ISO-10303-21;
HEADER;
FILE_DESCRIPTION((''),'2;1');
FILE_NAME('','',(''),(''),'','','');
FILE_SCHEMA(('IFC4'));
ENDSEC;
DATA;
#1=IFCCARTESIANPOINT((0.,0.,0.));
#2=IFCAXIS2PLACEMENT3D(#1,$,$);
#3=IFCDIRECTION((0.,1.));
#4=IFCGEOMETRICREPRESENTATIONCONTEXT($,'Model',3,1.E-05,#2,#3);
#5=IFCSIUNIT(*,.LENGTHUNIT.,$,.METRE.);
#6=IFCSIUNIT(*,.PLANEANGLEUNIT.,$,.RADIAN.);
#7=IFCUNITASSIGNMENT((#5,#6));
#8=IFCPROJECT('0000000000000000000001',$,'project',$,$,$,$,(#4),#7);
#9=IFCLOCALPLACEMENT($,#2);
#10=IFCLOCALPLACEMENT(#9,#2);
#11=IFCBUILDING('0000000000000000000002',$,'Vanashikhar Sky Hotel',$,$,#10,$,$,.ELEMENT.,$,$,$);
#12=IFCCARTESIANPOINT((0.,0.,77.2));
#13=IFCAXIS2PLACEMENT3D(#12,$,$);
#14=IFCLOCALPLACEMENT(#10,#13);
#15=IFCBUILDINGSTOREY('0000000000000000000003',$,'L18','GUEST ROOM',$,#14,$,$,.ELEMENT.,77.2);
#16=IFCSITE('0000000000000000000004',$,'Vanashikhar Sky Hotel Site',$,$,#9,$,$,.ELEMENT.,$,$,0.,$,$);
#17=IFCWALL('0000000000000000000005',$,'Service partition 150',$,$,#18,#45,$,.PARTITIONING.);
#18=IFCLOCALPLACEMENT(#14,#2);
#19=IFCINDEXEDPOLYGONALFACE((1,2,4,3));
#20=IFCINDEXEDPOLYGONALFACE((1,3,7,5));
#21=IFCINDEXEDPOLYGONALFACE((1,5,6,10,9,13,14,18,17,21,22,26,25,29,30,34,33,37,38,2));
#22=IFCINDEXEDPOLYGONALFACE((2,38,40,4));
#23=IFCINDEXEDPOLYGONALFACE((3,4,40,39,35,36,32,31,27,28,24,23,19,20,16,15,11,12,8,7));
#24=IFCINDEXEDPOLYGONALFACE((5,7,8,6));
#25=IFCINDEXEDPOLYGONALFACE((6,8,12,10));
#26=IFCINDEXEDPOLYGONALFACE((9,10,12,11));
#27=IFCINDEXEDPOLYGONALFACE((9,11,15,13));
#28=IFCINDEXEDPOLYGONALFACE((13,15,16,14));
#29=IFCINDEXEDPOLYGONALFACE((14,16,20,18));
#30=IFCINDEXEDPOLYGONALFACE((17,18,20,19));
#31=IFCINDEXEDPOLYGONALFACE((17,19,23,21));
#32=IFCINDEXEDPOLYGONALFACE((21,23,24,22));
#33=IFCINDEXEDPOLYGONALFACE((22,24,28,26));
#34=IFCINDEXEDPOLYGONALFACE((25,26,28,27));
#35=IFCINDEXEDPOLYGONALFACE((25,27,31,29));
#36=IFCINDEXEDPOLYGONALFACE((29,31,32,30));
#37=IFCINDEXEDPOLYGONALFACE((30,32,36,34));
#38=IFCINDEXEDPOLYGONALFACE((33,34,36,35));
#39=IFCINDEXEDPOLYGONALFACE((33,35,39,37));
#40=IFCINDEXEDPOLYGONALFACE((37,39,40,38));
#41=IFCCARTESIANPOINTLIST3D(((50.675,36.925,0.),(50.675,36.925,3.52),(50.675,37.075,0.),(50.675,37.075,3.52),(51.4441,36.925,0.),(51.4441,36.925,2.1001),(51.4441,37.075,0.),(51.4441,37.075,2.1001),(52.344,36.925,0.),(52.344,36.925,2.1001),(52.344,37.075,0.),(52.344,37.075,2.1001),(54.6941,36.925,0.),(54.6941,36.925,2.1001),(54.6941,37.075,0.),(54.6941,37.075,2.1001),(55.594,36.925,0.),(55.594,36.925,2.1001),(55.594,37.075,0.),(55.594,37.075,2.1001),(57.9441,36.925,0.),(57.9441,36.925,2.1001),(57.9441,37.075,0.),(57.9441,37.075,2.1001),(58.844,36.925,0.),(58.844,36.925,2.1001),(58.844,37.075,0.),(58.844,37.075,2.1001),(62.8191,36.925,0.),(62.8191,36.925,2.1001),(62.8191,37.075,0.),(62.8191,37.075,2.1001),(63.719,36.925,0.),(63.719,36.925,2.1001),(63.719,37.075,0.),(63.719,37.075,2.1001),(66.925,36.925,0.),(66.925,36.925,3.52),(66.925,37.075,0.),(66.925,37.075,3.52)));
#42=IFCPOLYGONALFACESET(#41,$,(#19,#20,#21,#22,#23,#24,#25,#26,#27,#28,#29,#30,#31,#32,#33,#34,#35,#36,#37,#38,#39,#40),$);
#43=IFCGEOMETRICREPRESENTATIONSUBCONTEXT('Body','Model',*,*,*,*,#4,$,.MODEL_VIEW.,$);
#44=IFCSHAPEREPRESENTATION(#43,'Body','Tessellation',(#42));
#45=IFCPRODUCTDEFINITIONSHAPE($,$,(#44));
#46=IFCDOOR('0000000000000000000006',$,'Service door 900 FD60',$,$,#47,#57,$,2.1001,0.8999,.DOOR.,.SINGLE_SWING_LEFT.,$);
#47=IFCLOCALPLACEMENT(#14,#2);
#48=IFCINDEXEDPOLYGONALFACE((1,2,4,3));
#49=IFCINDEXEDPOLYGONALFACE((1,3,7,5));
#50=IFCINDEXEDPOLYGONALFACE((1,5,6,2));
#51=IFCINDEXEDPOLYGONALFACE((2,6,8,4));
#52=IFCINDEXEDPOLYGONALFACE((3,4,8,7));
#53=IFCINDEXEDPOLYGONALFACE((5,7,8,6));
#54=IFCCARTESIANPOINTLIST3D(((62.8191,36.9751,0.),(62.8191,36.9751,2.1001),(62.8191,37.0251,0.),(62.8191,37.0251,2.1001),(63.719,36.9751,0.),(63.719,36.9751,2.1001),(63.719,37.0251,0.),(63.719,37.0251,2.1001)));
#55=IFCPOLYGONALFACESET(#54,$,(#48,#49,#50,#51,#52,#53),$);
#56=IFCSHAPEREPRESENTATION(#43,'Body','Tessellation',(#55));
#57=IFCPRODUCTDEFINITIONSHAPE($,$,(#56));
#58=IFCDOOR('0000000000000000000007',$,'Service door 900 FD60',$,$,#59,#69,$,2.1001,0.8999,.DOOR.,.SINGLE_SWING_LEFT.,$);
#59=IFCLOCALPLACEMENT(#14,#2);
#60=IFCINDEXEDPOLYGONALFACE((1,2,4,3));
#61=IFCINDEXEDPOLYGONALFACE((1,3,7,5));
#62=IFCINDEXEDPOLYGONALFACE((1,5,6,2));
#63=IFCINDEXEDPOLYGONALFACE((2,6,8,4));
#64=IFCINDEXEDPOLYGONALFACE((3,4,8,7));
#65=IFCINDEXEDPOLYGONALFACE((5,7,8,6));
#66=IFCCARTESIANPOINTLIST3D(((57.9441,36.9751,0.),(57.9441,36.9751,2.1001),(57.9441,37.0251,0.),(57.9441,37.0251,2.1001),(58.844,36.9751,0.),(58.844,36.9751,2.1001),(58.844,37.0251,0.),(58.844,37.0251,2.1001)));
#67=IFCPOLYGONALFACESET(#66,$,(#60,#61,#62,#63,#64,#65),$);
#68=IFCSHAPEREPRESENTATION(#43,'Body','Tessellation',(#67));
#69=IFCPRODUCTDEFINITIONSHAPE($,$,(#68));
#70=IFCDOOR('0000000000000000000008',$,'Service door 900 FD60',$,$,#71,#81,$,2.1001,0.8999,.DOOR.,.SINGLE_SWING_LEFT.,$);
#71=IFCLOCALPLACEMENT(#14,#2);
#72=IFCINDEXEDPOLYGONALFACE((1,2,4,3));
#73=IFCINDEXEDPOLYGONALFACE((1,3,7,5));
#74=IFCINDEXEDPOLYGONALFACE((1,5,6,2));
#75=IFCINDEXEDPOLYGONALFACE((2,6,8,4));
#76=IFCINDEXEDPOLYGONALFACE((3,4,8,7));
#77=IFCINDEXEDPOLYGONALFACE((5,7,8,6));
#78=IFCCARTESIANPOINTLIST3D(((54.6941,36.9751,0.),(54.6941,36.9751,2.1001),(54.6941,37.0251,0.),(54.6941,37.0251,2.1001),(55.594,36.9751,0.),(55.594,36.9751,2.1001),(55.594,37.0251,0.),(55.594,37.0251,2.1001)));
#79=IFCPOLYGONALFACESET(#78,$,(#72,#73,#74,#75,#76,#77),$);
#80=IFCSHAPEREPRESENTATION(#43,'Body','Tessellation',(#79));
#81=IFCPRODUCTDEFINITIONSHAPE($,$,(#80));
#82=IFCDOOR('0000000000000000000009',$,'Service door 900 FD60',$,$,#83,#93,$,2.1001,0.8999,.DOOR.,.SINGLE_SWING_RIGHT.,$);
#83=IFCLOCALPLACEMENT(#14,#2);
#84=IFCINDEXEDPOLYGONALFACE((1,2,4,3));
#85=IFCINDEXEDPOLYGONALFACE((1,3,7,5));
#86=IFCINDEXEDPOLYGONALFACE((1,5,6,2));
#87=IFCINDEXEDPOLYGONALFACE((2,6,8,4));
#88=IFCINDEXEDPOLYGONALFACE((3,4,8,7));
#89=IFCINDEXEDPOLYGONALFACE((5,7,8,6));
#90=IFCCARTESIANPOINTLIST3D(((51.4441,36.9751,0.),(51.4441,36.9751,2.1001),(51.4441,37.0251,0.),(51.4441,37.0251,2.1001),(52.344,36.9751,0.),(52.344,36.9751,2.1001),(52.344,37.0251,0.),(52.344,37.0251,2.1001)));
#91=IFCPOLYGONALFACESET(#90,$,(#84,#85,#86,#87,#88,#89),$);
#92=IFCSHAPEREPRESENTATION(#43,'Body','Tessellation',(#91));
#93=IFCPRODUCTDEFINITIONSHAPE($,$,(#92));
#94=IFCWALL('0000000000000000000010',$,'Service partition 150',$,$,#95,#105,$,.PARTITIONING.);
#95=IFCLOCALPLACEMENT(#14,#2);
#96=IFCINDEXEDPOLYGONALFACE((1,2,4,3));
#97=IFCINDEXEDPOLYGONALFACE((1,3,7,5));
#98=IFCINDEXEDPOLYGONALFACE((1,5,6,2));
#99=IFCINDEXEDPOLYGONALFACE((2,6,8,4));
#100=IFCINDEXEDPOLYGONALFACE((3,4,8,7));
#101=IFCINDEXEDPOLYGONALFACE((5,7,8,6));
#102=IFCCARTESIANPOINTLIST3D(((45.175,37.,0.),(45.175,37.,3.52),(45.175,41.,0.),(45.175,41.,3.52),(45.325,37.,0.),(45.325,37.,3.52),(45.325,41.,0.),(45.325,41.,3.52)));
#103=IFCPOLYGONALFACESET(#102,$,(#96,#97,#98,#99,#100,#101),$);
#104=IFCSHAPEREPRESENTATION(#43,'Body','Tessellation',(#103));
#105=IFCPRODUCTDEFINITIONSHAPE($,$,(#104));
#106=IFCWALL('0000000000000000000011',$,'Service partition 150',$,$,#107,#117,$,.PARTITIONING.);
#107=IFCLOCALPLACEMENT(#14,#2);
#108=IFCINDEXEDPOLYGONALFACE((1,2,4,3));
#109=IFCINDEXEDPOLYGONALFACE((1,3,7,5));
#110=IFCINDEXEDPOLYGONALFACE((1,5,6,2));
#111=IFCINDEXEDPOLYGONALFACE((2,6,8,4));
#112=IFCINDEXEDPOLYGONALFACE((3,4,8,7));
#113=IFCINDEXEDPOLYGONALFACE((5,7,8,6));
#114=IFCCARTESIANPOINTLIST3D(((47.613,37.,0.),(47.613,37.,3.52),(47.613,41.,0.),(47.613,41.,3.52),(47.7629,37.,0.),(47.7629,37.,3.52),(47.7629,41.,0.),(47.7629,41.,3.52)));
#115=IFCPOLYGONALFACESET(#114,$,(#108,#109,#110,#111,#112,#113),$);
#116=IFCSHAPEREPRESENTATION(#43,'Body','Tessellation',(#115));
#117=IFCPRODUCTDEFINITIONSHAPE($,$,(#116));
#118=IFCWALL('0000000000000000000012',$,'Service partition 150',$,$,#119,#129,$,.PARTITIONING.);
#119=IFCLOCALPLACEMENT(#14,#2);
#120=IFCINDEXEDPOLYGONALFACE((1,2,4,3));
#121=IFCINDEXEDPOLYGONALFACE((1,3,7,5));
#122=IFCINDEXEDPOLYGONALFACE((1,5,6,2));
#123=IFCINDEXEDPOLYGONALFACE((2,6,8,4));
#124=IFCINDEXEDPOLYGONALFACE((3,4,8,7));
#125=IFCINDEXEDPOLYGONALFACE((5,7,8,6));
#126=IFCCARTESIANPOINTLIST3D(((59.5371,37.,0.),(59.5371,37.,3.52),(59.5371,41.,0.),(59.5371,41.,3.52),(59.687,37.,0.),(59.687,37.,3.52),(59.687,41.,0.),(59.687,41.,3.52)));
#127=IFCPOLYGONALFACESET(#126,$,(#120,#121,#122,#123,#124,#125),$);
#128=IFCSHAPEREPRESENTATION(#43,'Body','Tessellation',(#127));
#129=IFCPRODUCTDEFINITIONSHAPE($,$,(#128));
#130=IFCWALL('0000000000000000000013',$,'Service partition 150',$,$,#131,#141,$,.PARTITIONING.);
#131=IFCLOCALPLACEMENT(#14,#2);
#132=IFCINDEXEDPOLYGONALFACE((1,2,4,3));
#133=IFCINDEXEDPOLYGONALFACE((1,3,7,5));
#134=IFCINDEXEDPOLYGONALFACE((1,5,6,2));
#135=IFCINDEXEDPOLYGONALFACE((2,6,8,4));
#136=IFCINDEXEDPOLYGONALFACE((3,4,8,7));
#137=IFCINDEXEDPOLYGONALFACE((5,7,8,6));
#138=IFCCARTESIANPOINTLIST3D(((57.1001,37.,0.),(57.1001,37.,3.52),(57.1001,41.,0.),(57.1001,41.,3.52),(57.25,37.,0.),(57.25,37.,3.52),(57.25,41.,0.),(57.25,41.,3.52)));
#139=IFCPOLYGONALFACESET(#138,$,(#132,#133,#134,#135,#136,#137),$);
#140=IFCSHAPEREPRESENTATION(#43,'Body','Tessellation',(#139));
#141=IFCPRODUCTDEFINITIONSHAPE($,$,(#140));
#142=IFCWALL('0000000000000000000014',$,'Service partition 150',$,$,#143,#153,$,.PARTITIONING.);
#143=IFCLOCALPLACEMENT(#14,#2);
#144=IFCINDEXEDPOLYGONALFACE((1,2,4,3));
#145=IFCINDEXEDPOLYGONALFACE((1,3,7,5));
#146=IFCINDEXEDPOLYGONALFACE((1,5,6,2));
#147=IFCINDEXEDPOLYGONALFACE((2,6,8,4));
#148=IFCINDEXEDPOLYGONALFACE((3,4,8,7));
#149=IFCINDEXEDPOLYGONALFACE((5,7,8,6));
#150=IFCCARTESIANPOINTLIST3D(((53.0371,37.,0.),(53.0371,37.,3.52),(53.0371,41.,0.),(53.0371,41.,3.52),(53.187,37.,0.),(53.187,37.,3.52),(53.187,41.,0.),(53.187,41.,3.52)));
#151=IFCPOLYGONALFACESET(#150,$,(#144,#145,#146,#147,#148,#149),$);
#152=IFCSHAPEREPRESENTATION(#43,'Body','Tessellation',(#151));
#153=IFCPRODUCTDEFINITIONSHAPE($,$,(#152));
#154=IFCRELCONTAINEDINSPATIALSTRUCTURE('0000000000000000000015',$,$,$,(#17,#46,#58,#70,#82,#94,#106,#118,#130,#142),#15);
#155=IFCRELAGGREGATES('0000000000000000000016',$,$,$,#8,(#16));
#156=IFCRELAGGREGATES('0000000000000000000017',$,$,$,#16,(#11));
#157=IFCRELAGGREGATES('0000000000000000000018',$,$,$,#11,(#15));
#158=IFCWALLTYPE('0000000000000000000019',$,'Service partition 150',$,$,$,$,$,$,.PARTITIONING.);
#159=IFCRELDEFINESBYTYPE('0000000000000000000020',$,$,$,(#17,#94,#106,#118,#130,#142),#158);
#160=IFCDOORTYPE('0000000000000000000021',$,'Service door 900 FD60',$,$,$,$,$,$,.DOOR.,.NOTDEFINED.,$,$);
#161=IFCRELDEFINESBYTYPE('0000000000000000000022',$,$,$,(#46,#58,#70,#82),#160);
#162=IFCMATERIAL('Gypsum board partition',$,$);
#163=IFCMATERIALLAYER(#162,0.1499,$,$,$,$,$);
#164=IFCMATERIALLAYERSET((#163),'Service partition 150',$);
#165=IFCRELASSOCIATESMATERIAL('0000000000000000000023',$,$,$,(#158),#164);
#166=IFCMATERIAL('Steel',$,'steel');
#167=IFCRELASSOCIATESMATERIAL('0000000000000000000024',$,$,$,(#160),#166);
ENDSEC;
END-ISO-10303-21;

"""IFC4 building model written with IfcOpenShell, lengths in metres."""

from ifc_helpers import new_model, si_unit, direction, frame, frame_2d, origin, place, context, subcontext, project, spatial, rectangle, extrude, source, transform, mapped, material, layer, layer_set, type_object, element, fill, save


model = new_model("IFC4")

# Units and contexts
model_context = context("Model", 3, precision=1e-05, world=origin(), true_north=direction((0.0, 1.0)))
body_context = subcontext(model_context, "Body", "Model", "MODEL_VIEW")
ifc_project = project(units=[si_unit("LENGTHUNIT", "METRE"), si_unit("PLANEANGLEUNIT", "RADIAN")], contexts=[model_context])

# Site, building, storey
site_placement = place(None, origin())
site = spatial("IfcSite", under=ifc_project, at=site_placement, Name="Vanashikhar Sky Hotel Site", CompositionType="ELEMENT", RefElevation=0.0)
building_placement = place(site_placement, origin())
building = spatial("IfcBuilding", under=site, at=building_placement, Name="Vanashikhar Sky Hotel", CompositionType="ELEMENT")
storey_placement = place(building_placement, frame((0.0, 0.0, 77.2)))
storey = spatial("IfcBuildingStorey", under=building, at=storey_placement, Name="L18", Description="GUEST ROOM", CompositionType="ELEMENT", Elevation=77.2)

# Shared definitions
ifc_material_1 = material(Name="Steel", Category="steel")

# Shared definitions
ifc_material_2 = material(Name="Gypsum board partition")
ifc_layer_1 = layer(ifc_material_2, 0.1499)
ifc_layer_set_1 = layer_set([ifc_layer_1], Name="Service partition 150")
wall_type_1 = type_object("IfcWallType", Name="Service partition 150", PredefinedType="PARTITIONING", material=ifc_layer_set_1)

# Shared definitions
shared_shape_1 = source(origin(), body_context, "Body", "SweptSolid", [
    extrude(rectangle(XDim=0.8999, YDim=2.1001, at=frame_2d((0.45, 1.05))), frame((0.0, 0.085, 0.0), z_axis=(0.0, -1.0, 0.0), x_axis=(1.0, 0.0, 0.0)), (0.0, 0.0, 1.0), 0.1699),
])
door_type_1 = type_object("IfcDoorType", Name="Service door 900 FD60", OperationType="NOTDEFINED", PredefinedType="DOOR", material=ifc_material_1)
shared_shape_2 = source(origin(), body_context, "Body", "SweptSolid", [
    extrude(rectangle(XDim=0.8999, YDim=2.1001, at=frame_2d((0.45, 1.05))), frame((0.0, 0.0249, 0.0), z_axis=(0.0, -1.0, 0.0), x_axis=(1.0, 0.0, 0.0)), (0.0, 0.0, 1.0), 0.05),
])

# Wall, openings, doors
shared_shape_3 = source(origin(), body_context, "Body", "SweptSolid", [
    extrude(rectangle(XDim=16.25, YDim=0.1499, at=frame_2d((8.125, 0.0))), origin(), (0.0, 0.0, 1.0), 3.52),
])
wall_1_placement = place(storey_placement, frame((66.925, 37.0, 0.0), z_axis=(0.0, 0.0, 1.0), x_axis=(-1.0, 0.0, 0.0)))
wall_1 = element("IfcWall", 1, at=wall_1_placement, inside=storey, type_object=wall_type_1, Name="Service partition 150", PredefinedType="PARTITIONING", context=body_context, shape_type="MappedRepresentation", body=[
    mapped(shared_shape_3, transform((0.0, 0.0, 0.0), scale=1.0)),
])
opening_1_placement = place(wall_1_placement, frame((3.2061, 0.0, 0.0)))
opening_1 = element("IfcOpeningElement", 2, at=opening_1_placement, cuts=wall_1, PredefinedType="OPENING", context=body_context, shape_type="MappedRepresentation", body=[
    mapped(shared_shape_1, transform((0.0, 0.0, 0.0), scale=1.0)),
])
opening_2_placement = place(wall_1_placement, frame((8.0811, 0.0, 0.0)))
opening_2 = element("IfcOpeningElement", 3, at=opening_2_placement, cuts=wall_1, PredefinedType="OPENING", context=body_context, shape_type="MappedRepresentation", body=[
    mapped(shared_shape_1, transform((0.0, 0.0, 0.0), scale=1.0)),
])
opening_3_placement = place(wall_1_placement, frame((11.3311, 0.0, 0.0)))
opening_3 = element("IfcOpeningElement", 4, at=opening_3_placement, cuts=wall_1, PredefinedType="OPENING", context=body_context, shape_type="MappedRepresentation", body=[
    mapped(shared_shape_1, transform((0.0, 0.0, 0.0), scale=1.0)),
])
opening_4_placement = place(wall_1_placement, frame((14.5811, 0.0, 0.0)))
opening_4 = element("IfcOpeningElement", 5, at=opening_4_placement, cuts=wall_1, PredefinedType="OPENING", context=body_context, shape_type="MappedRepresentation", body=[
    mapped(shared_shape_1, transform((0.0, 0.0, 0.0), scale=1.0)),
])
door_1_placement = place(opening_1_placement, origin())
door_1 = element("IfcDoor", 6, at=door_1_placement, inside=storey, type_object=door_type_1, Name="Service door 900 FD60", OperationType="SINGLE_SWING_LEFT", OverallHeight=2.1001, OverallWidth=0.8999, PredefinedType="DOOR", context=body_context, shape_type="MappedRepresentation", body=[
    mapped(shared_shape_2, transform((0.0, 0.0, 0.0), scale=1.0)),
])
fill(opening_1, door_1)
door_2_placement = place(opening_2_placement, origin())
door_2 = element("IfcDoor", 7, at=door_2_placement, inside=storey, type_object=door_type_1, Name="Service door 900 FD60", OperationType="SINGLE_SWING_LEFT", OverallHeight=2.1001, OverallWidth=0.8999, PredefinedType="DOOR", context=body_context, shape_type="MappedRepresentation", body=[
    mapped(shared_shape_2, transform((0.0, 0.0, 0.0), scale=1.0)),
])
fill(opening_2, door_2)
door_3_placement = place(opening_3_placement, origin())
door_3 = element("IfcDoor", 8, at=door_3_placement, inside=storey, type_object=door_type_1, Name="Service door 900 FD60", OperationType="SINGLE_SWING_LEFT", OverallHeight=2.1001, OverallWidth=0.8999, PredefinedType="DOOR", context=body_context, shape_type="MappedRepresentation", body=[
    mapped(shared_shape_2, transform((0.0, 0.0, 0.0), scale=1.0)),
])
fill(opening_3, door_3)
door_4_placement = place(opening_4_placement, origin())
door_4 = element("IfcDoor", 9, at=door_4_placement, inside=storey, type_object=door_type_1, Name="Service door 900 FD60", OperationType="SINGLE_SWING_RIGHT", OverallHeight=2.1001, OverallWidth=0.8999, PredefinedType="DOOR", context=body_context, shape_type="MappedRepresentation", body=[
    mapped(shared_shape_2, transform((0.0, 0.0, 0.0), scale=1.0)),
])
fill(opening_4, door_4)

# Walls
shared_shape_4 = source(origin(), body_context, "Body", "SweptSolid", [
    extrude(rectangle(XDim=4.0, YDim=0.1499, at=frame_2d((2.0, 0.0))), origin(), (0.0, 0.0, 1.0), 3.52),
])
for number, where, z_axis, x_axis, name in (
    (10, (45.25, 37.0, 0.0), (0.0, 0.0, 1.0), (0.0, 1.0, 0.0), "Service partition 150"),
    (11, (47.688, 37.0, 0.0), (0.0, 0.0, 1.0), (0.0, 1.0, 0.0), "Service partition 150"),
    (12, (59.6121, 37.0, 0.0), (0.0, 0.0, 1.0), (0.0, 1.0, 0.0), "Service partition 150"),
    (13, (57.175, 37.0, 0.0), (0.0, 0.0, 1.0), (0.0, 1.0, 0.0), "Service partition 150"),
    (14, (53.1121, 37.0, 0.0), (0.0, 0.0, 1.0), (0.0, 1.0, 0.0), "Service partition 150"),
):
    element("IfcWall", number, at=place(storey_placement, frame(where, z_axis=z_axis, x_axis=x_axis)), inside=storey, type_object=wall_type_1, Name=name, PredefinedType="PARTITIONING", context=body_context, shape_type="MappedRepresentation", body=[
        mapped(shared_shape_4, transform((0.0, 0.0, 0.0), scale=1.0)),
    ])

save(model, "model.ifc")
